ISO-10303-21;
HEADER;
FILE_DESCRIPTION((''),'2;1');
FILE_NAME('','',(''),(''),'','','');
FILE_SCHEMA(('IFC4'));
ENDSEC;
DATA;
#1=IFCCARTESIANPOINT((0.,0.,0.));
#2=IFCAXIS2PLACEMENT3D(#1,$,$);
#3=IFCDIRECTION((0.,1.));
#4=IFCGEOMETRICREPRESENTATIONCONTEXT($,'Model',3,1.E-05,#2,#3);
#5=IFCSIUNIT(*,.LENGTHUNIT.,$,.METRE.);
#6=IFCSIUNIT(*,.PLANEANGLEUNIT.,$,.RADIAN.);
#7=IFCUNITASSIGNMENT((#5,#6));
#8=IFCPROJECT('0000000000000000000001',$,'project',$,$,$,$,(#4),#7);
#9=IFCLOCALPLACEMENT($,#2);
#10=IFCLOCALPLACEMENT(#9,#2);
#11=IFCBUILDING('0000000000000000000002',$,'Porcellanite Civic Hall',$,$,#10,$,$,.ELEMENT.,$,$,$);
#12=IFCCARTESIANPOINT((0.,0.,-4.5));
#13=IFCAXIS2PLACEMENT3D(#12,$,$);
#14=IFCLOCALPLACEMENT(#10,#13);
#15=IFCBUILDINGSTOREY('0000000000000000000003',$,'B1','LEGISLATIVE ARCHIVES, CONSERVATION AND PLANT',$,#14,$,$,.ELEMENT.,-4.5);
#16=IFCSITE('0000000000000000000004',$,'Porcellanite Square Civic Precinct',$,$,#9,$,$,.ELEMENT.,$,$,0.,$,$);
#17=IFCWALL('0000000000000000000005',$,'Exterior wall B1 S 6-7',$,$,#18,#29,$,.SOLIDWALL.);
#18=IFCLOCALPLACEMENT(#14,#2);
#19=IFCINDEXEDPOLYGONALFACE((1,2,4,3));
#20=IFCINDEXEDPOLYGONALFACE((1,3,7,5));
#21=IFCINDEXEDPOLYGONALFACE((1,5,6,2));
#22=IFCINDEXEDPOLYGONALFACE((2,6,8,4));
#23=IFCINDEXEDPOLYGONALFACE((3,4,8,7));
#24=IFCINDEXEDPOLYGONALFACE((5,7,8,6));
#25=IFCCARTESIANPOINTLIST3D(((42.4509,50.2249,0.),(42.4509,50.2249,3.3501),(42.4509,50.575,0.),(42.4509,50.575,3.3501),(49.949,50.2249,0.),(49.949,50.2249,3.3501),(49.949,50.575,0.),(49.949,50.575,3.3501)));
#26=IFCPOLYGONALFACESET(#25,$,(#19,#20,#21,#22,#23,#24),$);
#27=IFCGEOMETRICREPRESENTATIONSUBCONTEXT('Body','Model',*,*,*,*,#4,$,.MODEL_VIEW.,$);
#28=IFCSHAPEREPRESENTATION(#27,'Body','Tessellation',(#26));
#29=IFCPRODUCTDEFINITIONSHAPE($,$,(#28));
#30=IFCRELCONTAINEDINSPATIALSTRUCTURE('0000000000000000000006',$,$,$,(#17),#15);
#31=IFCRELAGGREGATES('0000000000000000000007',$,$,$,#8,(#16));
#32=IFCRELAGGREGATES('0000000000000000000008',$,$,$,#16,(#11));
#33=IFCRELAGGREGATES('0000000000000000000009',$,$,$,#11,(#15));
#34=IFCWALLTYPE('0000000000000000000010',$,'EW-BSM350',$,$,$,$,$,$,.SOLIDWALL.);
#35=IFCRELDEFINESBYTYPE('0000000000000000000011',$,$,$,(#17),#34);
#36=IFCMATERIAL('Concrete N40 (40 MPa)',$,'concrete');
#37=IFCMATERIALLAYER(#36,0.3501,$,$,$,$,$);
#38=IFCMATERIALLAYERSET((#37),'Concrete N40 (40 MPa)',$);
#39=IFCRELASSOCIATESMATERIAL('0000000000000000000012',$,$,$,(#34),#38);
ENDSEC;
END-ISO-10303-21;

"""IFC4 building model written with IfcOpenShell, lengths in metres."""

from ifc_helpers import new_model, si_unit, direction, frame, frame_2d, origin, place, context, subcontext, project, spatial, rectangle, extrude, material, layer, layer_set, type_object, element, save


model = new_model("IFC4")

# Units and contexts
model_context = context("Model", 3, precision=1e-05, world=origin(), true_north=direction((0.0, 1.0)))
body_context = subcontext(model_context, "Body", "Model", "MODEL_VIEW")
ifc_project = project(units=[si_unit("LENGTHUNIT", "METRE"), si_unit("PLANEANGLEUNIT", "RADIAN")], contexts=[model_context])

# Site, building, storey
site_placement = place(None, origin())
site = spatial("IfcSite", under=ifc_project, at=site_placement, Name="Porcellanite Square Civic Precinct", CompositionType="ELEMENT", RefElevation=0.0)
building_placement = place(site_placement, origin())
building = spatial("IfcBuilding", under=site, at=building_placement, Name="Porcellanite Civic Hall", CompositionType="ELEMENT")
storey_placement = place(building_placement, frame((0.0, 0.0, -4.5)))
storey = spatial("IfcBuildingStorey", under=building, at=storey_placement, Name="B1", Description="LEGISLATIVE ARCHIVES, CONSERVATION AND PLANT", CompositionType="ELEMENT", Elevation=-4.5)

# Wall
ifc_material_1 = material(Name="Concrete N40 (40 MPa)", Category="concrete")
ifc_layer = layer(ifc_material_1, 0.3501)
ifc_layer_set = layer_set([ifc_layer], Name="Concrete N40 (40 MPa)")
wall_type = type_object("IfcWallType", Name="EW-BSM350", PredefinedType="SOLIDWALL", material=ifc_layer_set)
wall_placement = place(storey_placement, frame((49.949, 50.3999, 0.0), z_axis=(0.0, 0.0, 1.0), x_axis=(-1.0, 0.0, 0.0)))
element("IfcWall", 1, at=wall_placement, inside=storey, type_object=wall_type, Name="Exterior wall B1 S 6-7", PredefinedType="SOLIDWALL", context=body_context, shape_type="SweptSolid", body=[
    extrude(rectangle(XDim=7.498, YDim=0.3501, at=frame_2d((3.749, 0.0))), origin(), (0.0, 0.0, 1.0), 3.3501),
])

save(model, "model.ifc")
